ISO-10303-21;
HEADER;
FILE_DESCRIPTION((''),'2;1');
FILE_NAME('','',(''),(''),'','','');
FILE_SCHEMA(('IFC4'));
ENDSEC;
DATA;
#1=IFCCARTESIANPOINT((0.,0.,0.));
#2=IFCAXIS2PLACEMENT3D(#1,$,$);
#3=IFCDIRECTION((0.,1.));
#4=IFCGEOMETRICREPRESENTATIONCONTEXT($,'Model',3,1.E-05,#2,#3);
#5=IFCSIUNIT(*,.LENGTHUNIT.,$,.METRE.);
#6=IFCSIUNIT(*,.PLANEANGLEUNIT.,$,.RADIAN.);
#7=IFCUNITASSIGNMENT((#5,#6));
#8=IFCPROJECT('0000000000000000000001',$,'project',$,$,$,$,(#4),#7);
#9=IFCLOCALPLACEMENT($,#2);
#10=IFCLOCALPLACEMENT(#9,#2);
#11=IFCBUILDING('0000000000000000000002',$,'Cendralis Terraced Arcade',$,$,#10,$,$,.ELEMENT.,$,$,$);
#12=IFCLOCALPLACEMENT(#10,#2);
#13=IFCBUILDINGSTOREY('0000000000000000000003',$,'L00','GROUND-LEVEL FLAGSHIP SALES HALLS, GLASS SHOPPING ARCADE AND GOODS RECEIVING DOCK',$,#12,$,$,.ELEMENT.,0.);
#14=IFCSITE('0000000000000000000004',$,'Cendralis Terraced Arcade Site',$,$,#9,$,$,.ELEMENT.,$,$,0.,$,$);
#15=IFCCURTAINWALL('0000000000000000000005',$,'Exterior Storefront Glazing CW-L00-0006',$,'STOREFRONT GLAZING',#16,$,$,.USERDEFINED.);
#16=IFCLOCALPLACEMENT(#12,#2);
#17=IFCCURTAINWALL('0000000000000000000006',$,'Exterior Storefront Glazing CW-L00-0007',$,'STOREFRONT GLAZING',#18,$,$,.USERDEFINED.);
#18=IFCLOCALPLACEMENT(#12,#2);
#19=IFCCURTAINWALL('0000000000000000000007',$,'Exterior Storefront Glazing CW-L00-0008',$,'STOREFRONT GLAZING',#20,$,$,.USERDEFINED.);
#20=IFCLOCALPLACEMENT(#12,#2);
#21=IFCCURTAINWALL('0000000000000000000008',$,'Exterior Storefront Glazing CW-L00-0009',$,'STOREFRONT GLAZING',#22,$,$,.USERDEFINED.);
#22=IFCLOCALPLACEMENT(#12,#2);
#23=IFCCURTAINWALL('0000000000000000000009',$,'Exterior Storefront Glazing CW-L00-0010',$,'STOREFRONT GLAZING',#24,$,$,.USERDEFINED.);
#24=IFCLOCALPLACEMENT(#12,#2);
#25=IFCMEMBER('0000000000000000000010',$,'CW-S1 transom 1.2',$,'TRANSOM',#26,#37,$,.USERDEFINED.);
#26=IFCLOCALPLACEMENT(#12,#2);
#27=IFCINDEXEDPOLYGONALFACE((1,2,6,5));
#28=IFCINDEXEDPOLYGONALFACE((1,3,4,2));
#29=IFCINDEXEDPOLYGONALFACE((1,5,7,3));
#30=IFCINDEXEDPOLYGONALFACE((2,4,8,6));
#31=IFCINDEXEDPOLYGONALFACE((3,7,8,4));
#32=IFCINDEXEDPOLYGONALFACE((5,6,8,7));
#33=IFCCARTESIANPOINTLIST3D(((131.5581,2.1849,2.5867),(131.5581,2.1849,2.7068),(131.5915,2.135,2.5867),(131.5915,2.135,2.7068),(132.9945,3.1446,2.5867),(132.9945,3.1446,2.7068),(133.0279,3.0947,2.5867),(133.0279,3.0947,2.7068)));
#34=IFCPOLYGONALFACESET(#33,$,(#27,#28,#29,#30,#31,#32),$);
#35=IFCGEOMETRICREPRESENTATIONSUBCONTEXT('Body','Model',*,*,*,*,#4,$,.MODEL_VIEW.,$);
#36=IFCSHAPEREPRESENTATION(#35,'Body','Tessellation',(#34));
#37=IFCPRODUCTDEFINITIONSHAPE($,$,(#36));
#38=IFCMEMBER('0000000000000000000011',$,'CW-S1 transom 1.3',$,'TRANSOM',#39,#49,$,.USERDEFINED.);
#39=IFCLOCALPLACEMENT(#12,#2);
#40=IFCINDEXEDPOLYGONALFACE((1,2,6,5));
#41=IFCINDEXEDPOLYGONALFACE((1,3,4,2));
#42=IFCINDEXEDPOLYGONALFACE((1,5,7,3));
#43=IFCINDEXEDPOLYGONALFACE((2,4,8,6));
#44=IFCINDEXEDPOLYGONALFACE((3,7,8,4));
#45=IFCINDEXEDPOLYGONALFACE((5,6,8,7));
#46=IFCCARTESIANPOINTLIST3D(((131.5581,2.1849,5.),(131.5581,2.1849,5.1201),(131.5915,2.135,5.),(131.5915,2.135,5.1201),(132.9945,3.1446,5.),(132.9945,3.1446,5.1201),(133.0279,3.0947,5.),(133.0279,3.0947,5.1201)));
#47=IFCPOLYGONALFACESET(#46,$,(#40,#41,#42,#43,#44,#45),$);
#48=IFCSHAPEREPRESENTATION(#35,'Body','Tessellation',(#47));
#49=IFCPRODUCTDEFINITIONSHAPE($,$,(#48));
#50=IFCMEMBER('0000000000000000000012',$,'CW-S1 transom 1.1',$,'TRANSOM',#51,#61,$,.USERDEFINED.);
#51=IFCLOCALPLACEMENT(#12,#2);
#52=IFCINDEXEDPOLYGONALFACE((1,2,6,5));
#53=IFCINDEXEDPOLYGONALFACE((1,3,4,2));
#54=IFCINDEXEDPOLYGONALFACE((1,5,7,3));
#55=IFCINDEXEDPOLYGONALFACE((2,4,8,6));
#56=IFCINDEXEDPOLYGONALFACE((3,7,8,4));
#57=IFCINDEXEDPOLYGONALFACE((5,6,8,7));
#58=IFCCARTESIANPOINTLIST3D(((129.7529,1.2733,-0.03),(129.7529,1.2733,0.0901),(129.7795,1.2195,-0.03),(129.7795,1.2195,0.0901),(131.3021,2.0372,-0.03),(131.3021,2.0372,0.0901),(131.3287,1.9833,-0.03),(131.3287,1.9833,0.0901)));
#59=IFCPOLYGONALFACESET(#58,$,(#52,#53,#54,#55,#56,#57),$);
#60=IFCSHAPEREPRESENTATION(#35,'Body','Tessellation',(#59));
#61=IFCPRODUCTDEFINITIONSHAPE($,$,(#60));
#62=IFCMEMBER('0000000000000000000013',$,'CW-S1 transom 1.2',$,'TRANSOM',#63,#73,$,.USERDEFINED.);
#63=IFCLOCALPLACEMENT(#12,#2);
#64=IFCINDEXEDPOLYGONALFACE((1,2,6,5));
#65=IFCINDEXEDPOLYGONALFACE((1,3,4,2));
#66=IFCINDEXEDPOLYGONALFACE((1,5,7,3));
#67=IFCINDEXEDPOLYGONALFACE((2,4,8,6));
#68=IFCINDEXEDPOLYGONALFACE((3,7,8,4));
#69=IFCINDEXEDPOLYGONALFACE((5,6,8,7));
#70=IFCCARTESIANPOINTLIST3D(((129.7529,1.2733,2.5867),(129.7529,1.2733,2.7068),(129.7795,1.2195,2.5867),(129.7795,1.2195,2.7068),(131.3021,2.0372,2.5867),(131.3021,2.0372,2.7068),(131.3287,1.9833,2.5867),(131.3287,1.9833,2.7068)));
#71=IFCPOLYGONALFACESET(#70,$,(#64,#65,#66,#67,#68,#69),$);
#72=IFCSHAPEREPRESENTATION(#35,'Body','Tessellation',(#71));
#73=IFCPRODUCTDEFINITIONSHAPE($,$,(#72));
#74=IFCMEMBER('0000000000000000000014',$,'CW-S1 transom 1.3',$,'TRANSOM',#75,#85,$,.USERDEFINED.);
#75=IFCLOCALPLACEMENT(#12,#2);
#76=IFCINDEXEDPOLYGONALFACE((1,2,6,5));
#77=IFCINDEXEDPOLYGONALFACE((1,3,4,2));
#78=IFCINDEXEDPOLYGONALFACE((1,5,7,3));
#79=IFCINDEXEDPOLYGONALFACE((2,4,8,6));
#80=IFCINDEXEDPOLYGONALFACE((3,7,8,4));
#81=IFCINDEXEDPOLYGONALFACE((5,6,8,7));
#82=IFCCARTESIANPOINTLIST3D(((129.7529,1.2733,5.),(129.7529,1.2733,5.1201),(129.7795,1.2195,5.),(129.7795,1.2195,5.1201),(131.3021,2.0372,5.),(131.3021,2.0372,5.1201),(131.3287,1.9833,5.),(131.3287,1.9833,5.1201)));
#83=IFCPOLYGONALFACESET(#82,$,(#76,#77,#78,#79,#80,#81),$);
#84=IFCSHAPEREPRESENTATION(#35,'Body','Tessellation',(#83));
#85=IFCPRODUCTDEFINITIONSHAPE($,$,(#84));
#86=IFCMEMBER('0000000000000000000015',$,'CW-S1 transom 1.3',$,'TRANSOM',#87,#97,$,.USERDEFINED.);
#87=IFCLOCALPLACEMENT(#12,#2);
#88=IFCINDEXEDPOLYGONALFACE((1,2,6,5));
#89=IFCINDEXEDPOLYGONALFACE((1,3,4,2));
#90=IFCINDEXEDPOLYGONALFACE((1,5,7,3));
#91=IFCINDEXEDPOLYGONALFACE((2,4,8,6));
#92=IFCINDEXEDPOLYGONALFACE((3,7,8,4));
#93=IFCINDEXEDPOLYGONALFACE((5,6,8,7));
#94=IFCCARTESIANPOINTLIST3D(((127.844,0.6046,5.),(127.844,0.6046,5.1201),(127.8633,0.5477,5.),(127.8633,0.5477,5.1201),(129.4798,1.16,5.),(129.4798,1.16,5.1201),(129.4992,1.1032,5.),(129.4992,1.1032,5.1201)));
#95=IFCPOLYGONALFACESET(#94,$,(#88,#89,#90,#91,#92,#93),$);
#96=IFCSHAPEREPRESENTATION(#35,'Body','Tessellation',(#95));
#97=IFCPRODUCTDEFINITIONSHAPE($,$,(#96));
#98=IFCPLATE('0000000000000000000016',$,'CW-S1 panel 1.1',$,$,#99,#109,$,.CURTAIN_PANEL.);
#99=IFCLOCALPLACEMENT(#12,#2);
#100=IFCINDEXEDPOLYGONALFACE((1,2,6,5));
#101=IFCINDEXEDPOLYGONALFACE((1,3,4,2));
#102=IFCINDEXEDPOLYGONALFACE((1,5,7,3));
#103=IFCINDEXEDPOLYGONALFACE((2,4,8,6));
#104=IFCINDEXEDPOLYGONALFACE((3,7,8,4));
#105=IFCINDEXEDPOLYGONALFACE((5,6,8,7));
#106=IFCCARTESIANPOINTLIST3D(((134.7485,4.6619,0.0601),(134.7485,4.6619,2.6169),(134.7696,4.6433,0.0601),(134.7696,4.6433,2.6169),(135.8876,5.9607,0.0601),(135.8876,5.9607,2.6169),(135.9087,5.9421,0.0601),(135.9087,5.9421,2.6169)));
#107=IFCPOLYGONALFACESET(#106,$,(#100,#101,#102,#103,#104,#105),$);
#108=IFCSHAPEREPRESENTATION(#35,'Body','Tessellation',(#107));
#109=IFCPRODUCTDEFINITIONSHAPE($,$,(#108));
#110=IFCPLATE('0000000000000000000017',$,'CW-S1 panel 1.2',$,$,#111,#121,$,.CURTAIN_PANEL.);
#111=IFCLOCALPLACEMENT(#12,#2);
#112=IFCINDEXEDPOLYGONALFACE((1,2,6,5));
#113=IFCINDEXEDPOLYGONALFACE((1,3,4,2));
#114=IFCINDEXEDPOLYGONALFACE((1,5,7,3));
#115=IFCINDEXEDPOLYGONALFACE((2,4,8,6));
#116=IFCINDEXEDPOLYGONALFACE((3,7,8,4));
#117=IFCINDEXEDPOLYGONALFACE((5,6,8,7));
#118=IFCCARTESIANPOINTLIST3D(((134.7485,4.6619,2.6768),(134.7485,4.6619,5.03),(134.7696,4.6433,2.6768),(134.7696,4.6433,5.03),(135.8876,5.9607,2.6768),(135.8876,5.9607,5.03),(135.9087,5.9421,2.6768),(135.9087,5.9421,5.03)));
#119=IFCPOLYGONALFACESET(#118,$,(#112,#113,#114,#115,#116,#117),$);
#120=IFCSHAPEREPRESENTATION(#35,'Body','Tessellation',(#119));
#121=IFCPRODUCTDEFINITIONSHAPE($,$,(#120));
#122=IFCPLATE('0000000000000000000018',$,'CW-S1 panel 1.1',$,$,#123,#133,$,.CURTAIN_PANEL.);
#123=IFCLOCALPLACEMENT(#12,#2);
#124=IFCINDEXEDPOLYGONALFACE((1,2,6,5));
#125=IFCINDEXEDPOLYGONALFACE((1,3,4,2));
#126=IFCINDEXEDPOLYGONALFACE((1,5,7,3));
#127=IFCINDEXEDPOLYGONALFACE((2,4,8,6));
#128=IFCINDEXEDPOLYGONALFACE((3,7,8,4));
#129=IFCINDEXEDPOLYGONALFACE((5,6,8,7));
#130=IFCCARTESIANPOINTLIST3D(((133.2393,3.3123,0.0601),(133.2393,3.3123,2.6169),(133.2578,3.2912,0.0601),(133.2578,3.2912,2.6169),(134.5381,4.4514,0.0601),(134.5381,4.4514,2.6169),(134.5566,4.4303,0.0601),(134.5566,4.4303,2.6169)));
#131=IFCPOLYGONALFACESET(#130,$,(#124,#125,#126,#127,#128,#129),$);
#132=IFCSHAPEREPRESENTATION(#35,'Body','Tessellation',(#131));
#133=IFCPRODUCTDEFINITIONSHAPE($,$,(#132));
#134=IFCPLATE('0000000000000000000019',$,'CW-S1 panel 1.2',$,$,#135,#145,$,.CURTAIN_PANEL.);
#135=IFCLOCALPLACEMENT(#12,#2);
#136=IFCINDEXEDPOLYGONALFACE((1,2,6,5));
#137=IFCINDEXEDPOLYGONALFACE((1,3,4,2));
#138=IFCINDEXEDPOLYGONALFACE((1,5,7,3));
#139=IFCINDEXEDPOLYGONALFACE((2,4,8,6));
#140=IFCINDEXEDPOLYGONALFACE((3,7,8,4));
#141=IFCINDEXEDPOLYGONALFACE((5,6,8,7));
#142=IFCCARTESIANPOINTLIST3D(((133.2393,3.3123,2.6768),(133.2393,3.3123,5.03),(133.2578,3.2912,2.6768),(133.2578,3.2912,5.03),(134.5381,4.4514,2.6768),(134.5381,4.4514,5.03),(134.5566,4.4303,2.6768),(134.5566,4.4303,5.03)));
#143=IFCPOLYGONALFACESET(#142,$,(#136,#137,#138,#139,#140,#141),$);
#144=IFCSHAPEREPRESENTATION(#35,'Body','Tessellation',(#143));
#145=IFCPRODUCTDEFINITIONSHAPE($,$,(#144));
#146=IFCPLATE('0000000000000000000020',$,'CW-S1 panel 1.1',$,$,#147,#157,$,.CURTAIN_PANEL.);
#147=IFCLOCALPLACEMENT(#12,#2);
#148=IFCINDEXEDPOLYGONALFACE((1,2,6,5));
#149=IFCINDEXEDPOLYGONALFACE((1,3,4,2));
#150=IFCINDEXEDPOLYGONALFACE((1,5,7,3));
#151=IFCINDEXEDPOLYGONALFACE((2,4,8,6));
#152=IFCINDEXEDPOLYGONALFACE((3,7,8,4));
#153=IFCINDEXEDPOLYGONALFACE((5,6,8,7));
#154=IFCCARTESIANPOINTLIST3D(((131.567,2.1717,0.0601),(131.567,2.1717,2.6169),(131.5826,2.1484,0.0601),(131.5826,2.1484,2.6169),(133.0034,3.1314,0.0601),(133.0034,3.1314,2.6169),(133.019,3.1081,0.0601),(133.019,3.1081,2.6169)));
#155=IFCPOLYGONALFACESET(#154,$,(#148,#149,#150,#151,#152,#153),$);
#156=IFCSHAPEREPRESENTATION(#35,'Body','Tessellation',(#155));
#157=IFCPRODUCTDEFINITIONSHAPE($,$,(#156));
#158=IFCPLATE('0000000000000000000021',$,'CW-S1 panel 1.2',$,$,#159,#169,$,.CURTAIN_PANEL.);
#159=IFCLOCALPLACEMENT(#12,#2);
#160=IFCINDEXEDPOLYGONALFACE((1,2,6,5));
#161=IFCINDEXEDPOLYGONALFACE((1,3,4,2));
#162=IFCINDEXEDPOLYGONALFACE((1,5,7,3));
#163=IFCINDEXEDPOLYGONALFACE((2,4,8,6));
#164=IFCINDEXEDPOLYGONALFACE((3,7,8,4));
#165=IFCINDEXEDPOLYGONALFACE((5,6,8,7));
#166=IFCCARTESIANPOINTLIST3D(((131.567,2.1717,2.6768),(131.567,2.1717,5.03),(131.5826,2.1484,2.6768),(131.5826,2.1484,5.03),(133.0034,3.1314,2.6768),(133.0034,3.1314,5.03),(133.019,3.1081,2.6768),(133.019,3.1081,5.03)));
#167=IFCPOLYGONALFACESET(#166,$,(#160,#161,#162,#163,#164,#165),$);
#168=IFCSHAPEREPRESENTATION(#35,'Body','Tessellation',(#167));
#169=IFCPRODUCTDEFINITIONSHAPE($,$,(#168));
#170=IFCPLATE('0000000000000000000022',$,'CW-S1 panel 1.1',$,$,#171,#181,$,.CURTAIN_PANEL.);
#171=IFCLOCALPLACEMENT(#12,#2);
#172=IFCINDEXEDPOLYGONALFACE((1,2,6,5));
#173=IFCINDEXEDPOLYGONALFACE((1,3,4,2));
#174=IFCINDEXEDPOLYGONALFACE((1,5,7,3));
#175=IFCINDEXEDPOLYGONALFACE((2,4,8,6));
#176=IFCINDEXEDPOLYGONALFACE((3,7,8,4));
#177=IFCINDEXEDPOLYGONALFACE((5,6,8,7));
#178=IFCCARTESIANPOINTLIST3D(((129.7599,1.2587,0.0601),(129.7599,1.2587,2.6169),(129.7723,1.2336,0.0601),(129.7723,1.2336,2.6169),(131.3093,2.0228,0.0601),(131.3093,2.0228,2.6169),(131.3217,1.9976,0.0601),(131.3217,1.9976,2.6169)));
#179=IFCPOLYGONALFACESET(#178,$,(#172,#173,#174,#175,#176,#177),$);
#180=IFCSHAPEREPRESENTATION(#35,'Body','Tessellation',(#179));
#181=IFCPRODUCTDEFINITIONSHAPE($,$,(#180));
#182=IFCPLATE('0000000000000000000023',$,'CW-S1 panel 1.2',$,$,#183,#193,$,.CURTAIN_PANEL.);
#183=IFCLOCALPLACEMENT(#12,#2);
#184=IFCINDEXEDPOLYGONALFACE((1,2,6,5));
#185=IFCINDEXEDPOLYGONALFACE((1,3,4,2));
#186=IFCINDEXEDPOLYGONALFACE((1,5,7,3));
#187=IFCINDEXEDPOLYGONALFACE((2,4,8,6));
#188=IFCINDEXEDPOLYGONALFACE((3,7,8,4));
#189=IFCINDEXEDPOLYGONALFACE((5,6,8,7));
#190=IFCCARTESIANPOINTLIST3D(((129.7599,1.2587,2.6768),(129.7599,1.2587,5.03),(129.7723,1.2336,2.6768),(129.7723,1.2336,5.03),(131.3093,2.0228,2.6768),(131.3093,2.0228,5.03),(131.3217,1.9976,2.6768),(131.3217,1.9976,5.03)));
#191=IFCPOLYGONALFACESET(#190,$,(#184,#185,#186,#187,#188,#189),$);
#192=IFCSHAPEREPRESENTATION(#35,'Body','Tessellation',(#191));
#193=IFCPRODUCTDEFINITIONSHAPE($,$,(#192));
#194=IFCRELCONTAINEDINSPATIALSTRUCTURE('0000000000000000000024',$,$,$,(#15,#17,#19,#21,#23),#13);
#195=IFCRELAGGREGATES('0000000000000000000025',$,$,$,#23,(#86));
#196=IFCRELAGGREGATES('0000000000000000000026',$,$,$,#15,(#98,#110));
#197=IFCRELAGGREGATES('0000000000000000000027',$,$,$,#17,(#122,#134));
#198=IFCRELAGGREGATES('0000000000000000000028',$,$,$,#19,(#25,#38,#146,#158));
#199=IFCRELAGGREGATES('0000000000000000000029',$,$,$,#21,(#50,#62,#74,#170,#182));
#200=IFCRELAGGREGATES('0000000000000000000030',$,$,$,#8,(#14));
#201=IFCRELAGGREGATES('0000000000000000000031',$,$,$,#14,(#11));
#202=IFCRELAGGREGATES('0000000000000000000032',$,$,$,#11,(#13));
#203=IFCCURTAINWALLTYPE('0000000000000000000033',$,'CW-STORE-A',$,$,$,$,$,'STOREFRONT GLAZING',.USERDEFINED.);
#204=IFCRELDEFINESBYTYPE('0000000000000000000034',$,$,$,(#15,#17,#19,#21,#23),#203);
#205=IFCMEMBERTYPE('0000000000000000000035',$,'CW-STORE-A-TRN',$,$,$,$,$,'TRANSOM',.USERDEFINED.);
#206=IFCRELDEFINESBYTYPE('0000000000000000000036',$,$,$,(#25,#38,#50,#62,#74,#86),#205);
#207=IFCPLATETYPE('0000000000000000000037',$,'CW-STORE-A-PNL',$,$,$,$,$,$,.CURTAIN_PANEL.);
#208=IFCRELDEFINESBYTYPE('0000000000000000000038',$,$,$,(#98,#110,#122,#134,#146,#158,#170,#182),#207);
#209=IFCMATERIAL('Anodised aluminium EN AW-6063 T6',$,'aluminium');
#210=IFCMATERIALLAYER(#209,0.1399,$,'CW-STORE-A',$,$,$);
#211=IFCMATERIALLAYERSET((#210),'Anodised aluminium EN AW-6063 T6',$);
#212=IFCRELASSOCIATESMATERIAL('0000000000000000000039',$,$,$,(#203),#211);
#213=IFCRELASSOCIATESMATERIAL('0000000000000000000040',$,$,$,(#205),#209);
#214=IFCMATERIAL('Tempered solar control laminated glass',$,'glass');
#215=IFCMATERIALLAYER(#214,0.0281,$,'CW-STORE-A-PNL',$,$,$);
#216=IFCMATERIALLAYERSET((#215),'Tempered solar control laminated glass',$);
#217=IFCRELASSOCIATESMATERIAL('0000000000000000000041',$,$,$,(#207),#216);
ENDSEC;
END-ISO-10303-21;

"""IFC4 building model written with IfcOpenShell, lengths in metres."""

from ifc_helpers import new_model, si_unit, direction, frame, origin, origin_2d, place, context, subcontext, project, spatial, rectangle, extrude, material, layer, layer_set, material_profile, profile_set, type_object, element, aggregate, save


model = new_model("IFC4")

# Units and contexts
model_context = context("Model", 3, precision=1e-05, world=origin(), true_north=direction((0.0, 1.0)))
body_context = subcontext(model_context, "Body", "Model", "MODEL_VIEW")
ifc_project = project(units=[si_unit("LENGTHUNIT", "METRE"), si_unit("PLANEANGLEUNIT", "RADIAN")], contexts=[model_context])

# Site, building, storey
site_placement = place(None, origin())
site = spatial("IfcSite", under=ifc_project, at=site_placement, Name="Cendralis Terraced Arcade Site", CompositionType="ELEMENT", RefElevation=0.0)
building_placement = place(site_placement, origin())
building = spatial("IfcBuilding", under=site, at=building_placement, Name="Cendralis Terraced Arcade", CompositionType="ELEMENT")
storey_placement = place(building_placement, origin())
storey = spatial("IfcBuildingStorey", under=building, at=storey_placement, Name="L00", Description="GROUND-LEVEL FLAGSHIP SALES HALLS, GLASS SHOPPING ARCADE AND GOODS RECEIVING DOCK", CompositionType="ELEMENT", Elevation=0.0)

# Curtain wall
ifc_material_1 = material(Name="Anodised aluminium EN AW-6063 T6", Category="aluminium")
ifc_layer_1 = layer(ifc_material_1, 0.1399, Name="CW-STORE-A")
ifc_layer_set_1 = layer_set([ifc_layer_1], Name="Anodised aluminium EN AW-6063 T6")
curtain_wall_type = type_object("IfcCurtainWallType", Name="CW-STORE-A", ElementType="STOREFRONT GLAZING", PredefinedType="USERDEFINED", material=ifc_layer_set_1)
curtain_wall_1_placement = place(storey_placement, origin())
curtain_wall_1 = element("IfcCurtainWall", 1, at=curtain_wall_1_placement, inside=storey, type_object=curtain_wall_type, Name="Exterior Storefront Glazing CW-L00-0006", ObjectType="STOREFRONT GLAZING", PredefinedType="USERDEFINED")

# Curtain walls
curtain_wall_2_placement = place(storey_placement, origin())
curtain_wall_2 = element("IfcCurtainWall", 2, at=curtain_wall_2_placement, inside=storey, type_object=curtain_wall_type, Name="Exterior Storefront Glazing CW-L00-0007", ObjectType="STOREFRONT GLAZING", PredefinedType="USERDEFINED")
curtain_wall_3_placement = place(storey_placement, origin())
curtain_wall_3 = element("IfcCurtainWall", 3, at=curtain_wall_3_placement, inside=storey, type_object=curtain_wall_type, Name="Exterior Storefront Glazing CW-L00-0008", ObjectType="STOREFRONT GLAZING", PredefinedType="USERDEFINED")
curtain_wall_4_placement = place(storey_placement, origin())
curtain_wall_4 = element("IfcCurtainWall", 4, at=curtain_wall_4_placement, inside=storey, type_object=curtain_wall_type, Name="Exterior Storefront Glazing CW-L00-0009", ObjectType="STOREFRONT GLAZING", PredefinedType="USERDEFINED")

# Curtain wall
curtain_wall_5_placement = place(storey_placement, origin())
curtain_wall_5 = element("IfcCurtainWall", 5, at=curtain_wall_5_placement, inside=storey, type_object=curtain_wall_type, Name="Exterior Storefront Glazing CW-L00-0010", ObjectType="STOREFRONT GLAZING", PredefinedType="USERDEFINED")

# Members
ifc_material_profile_1 = material_profile(ifc_material_1, rectangle(XDim=0.0601, YDim=0.1201, at=origin_2d()), Name="ALU-TRN-60x120")
ifc_profile_set_1 = profile_set([ifc_material_profile_1], Name="Anodised aluminium EN AW-6063 T6")
member_type_1 = type_object("IfcMemberType", Name="CW-STORE-A-TRN", ElementType="TRANSOM", PredefinedType="USERDEFINED", material=ifc_profile_set_1)
member_1_placement = place(storey_placement, frame((133.0112, 3.1196, 2.6467), z_axis=(-0.831506, -0.555515, 0.0), x_axis=(0.555515, -0.831506, 0.0)))
member_1 = element("IfcMember", 6, at=member_1_placement, type_object=member_type_1, Name="CW-S1 transom 1.2", ObjectType="TRANSOM", PredefinedType="USERDEFINED", context=body_context, shape_type="SweptSolid", body=[
    extrude(rectangle(XDim=0.0601, YDim=0.1201, at=origin_2d()), origin(), (0.0, 0.0, 1.0), 1.7275),
])
member_2_placement = place(storey_placement, frame((133.0112, 3.1196, 5.0601), z_axis=(-0.831506, -0.555515, 0.0), x_axis=(0.555515, -0.831506, 0.0)))
member_2 = element("IfcMember", 7, at=member_2_placement, type_object=member_type_1, Name="CW-S1 transom 1.3", ObjectType="TRANSOM", PredefinedType="USERDEFINED", context=body_context, shape_type="SweptSolid", body=[
    extrude(rectangle(XDim=0.0601, YDim=0.1201, at=origin_2d()), origin(), (0.0, 0.0, 1.0), 1.7275),
])
member_3_placement = place(storey_placement, frame((131.3154, 2.0103, 0.03), z_axis=(-0.896901, -0.442232, 0.0), x_axis=(0.442232, -0.896901, 0.0)))
member_3 = element("IfcMember", 8, at=member_3_placement, type_object=member_type_1, Name="CW-S1 transom 1.1", ObjectType="TRANSOM", PredefinedType="USERDEFINED", context=body_context, shape_type="SweptSolid", body=[
    extrude(rectangle(XDim=0.0601, YDim=0.1201, at=origin_2d()), origin(), (0.0, 0.0, 1.0), 1.7273),
])
member_4_placement = place(storey_placement, frame((131.3154, 2.0103, 2.6467), z_axis=(-0.896901, -0.442232, 0.0), x_axis=(0.442232, -0.896901, 0.0)))
member_4 = element("IfcMember", 9, at=member_4_placement, type_object=member_type_1, Name="CW-S1 transom 1.2", ObjectType="TRANSOM", PredefinedType="USERDEFINED", context=body_context, shape_type="SweptSolid", body=[
    extrude(rectangle(XDim=0.0601, YDim=0.1201, at=origin_2d()), origin(), (0.0, 0.0, 1.0), 1.7273),
])
member_5_placement = place(storey_placement, frame((131.3154, 2.0103, 5.0601), z_axis=(-0.896901, -0.442232, 0.0), x_axis=(0.442232, -0.896901, 0.0)))
member_5 = element("IfcMember", 10, at=member_5_placement, type_object=member_type_1, Name="CW-S1 transom 1.3", ObjectType="TRANSOM", PredefinedType="USERDEFINED", context=body_context, shape_type="SweptSolid", body=[
    extrude(rectangle(XDim=0.0601, YDim=0.1201, at=origin_2d()), origin(), (0.0, 0.0, 1.0), 1.7273),
])
member_6_placement = place(storey_placement, frame((129.4895, 1.1316, 5.0601), z_axis=(-0.946902, -0.321523, 0.0), x_axis=(0.321523, -0.946902, 0.0)))
member_6 = element("IfcMember", 11, at=member_6_placement, type_object=member_type_1, Name="CW-S1 transom 1.3", ObjectType="TRANSOM", PredefinedType="USERDEFINED", context=body_context, shape_type="SweptSolid", body=[
    extrude(rectangle(XDim=0.0601, YDim=0.1201, at=origin_2d()), origin(), (0.0, 0.0, 1.0), 1.7275),
])
aggregate(curtain_wall_5, [member_6])

# Plates
ifc_material_2 = material(Name="Tempered solar control laminated glass", Category="glass")
ifc_layer_2 = layer(ifc_material_2, 0.0281, Name="CW-STORE-A-PNL")
ifc_layer_set_2 = layer_set([ifc_layer_2], Name="Tempered solar control laminated glass")
plate_type = type_object("IfcPlateType", Name="CW-STORE-A-PNL", PredefinedType="CURTAIN_PANEL", material=ifc_layer_set_2)
plate_1_placement = place(storey_placement, frame((135.3286, 5.302, 0.0601), z_axis=(0.0, 0.0, 1.0), x_axis=(-0.65937, -0.751818, 0.0)))
plate_1 = element("IfcPlate", 12, at=plate_1_placement, type_object=plate_type, Name="CW-S1 panel 1.1", PredefinedType="CURTAIN_PANEL", context=body_context, shape_type="SweptSolid", body=[
    extrude(rectangle(XDim=1.7275, YDim=0.0281, at=origin_2d()), origin(), (0.0, 0.0, 1.0), 2.5569),
])
plate_2_placement = place(storey_placement, frame((135.3286, 5.302, 2.6768), z_axis=(0.0, 0.0, 1.0), x_axis=(-0.65937, -0.751818, 0.0)))
plate_2 = element("IfcPlate", 13, at=plate_2_placement, type_object=plate_type, Name="CW-S1 panel 1.2", PredefinedType="CURTAIN_PANEL", context=body_context, shape_type="SweptSolid", body=[
    extrude(rectangle(XDim=1.7275, YDim=0.0281, at=origin_2d()), origin(), (0.0, 0.0, 1.0), 2.3533),
])
aggregate(curtain_wall_1, [plate_1, plate_2])
plate_3_placement = place(storey_placement, frame((133.8979, 3.8713, 0.0601), z_axis=(0.0, 0.0, 1.0), x_axis=(-0.751818, -0.65937, 0.0)))
plate_3 = element("IfcPlate", 14, at=plate_3_placement, type_object=plate_type, Name="CW-S1 panel 1.1", PredefinedType="CURTAIN_PANEL", context=body_context, shape_type="SweptSolid", body=[
    extrude(rectangle(XDim=1.7275, YDim=0.0281, at=origin_2d()), origin(), (0.0, 0.0, 1.0), 2.5569),
])
plate_4_placement = place(storey_placement, frame((133.8979, 3.8713, 2.6768), z_axis=(0.0, 0.0, 1.0), x_axis=(-0.751818, -0.65937, 0.0)))
plate_4 = element("IfcPlate", 15, at=plate_4_placement, type_object=plate_type, Name="CW-S1 panel 1.2", PredefinedType="CURTAIN_PANEL", context=body_context, shape_type="SweptSolid", body=[
    extrude(rectangle(XDim=1.7275, YDim=0.0281, at=origin_2d()), origin(), (0.0, 0.0, 1.0), 2.3533),
])
aggregate(curtain_wall_2, [plate_3, plate_4])
plate_5_placement = place(storey_placement, frame((132.293, 2.6399, 0.0601), z_axis=(0.0, 0.0, 1.0), x_axis=(-0.831484, -0.555549, 0.0)))
plate_5 = element("IfcPlate", 16, at=plate_5_placement, type_object=plate_type, Name="CW-S1 panel 1.1", PredefinedType="CURTAIN_PANEL", context=body_context, shape_type="SweptSolid", body=[
    extrude(rectangle(XDim=1.7275, YDim=0.0281, at=origin_2d()), origin(), (0.0, 0.0, 1.0), 2.5569),
])
plate_6_placement = place(storey_placement, frame((132.293, 2.6399, 2.6768), z_axis=(0.0, 0.0, 1.0), x_axis=(-0.831484, -0.555549, 0.0)))
plate_6 = element("IfcPlate", 17, at=plate_6_placement, type_object=plate_type, Name="CW-S1 panel 1.2", PredefinedType="CURTAIN_PANEL", context=body_context, shape_type="SweptSolid", body=[
    extrude(rectangle(XDim=1.7275, YDim=0.0281, at=origin_2d()), origin(), (0.0, 0.0, 1.0), 2.3533),
])
aggregate(curtain_wall_3, [member_1, member_2, plate_5, plate_6])
plate_7_placement = place(storey_placement, frame((130.5408, 1.6282, 0.0601), z_axis=(0.0, 0.0, 1.0), x_axis=(-0.896882, -0.44227, 0.0)))
plate_7 = element("IfcPlate", 18, at=plate_7_placement, type_object=plate_type, Name="CW-S1 panel 1.1", PredefinedType="CURTAIN_PANEL", context=body_context, shape_type="SweptSolid", body=[
    extrude(rectangle(XDim=1.7275, YDim=0.0281, at=origin_2d()), origin(), (0.0, 0.0, 1.0), 2.5569),
])
plate_8_placement = place(storey_placement, frame((130.5408, 1.6282, 2.6768), z_axis=(0.0, 0.0, 1.0), x_axis=(-0.896882, -0.44227, 0.0)))
plate_8 = element("IfcPlate", 19, at=plate_8_placement, type_object=plate_type, Name="CW-S1 panel 1.2", PredefinedType="CURTAIN_PANEL", context=body_context, shape_type="SweptSolid", body=[
    extrude(rectangle(XDim=1.7275, YDim=0.0281, at=origin_2d()), origin(), (0.0, 0.0, 1.0), 2.3533),
])
aggregate(curtain_wall_4, [member_3, member_4, member_5, plate_7, plate_8])

save(model, "model.ifc")
